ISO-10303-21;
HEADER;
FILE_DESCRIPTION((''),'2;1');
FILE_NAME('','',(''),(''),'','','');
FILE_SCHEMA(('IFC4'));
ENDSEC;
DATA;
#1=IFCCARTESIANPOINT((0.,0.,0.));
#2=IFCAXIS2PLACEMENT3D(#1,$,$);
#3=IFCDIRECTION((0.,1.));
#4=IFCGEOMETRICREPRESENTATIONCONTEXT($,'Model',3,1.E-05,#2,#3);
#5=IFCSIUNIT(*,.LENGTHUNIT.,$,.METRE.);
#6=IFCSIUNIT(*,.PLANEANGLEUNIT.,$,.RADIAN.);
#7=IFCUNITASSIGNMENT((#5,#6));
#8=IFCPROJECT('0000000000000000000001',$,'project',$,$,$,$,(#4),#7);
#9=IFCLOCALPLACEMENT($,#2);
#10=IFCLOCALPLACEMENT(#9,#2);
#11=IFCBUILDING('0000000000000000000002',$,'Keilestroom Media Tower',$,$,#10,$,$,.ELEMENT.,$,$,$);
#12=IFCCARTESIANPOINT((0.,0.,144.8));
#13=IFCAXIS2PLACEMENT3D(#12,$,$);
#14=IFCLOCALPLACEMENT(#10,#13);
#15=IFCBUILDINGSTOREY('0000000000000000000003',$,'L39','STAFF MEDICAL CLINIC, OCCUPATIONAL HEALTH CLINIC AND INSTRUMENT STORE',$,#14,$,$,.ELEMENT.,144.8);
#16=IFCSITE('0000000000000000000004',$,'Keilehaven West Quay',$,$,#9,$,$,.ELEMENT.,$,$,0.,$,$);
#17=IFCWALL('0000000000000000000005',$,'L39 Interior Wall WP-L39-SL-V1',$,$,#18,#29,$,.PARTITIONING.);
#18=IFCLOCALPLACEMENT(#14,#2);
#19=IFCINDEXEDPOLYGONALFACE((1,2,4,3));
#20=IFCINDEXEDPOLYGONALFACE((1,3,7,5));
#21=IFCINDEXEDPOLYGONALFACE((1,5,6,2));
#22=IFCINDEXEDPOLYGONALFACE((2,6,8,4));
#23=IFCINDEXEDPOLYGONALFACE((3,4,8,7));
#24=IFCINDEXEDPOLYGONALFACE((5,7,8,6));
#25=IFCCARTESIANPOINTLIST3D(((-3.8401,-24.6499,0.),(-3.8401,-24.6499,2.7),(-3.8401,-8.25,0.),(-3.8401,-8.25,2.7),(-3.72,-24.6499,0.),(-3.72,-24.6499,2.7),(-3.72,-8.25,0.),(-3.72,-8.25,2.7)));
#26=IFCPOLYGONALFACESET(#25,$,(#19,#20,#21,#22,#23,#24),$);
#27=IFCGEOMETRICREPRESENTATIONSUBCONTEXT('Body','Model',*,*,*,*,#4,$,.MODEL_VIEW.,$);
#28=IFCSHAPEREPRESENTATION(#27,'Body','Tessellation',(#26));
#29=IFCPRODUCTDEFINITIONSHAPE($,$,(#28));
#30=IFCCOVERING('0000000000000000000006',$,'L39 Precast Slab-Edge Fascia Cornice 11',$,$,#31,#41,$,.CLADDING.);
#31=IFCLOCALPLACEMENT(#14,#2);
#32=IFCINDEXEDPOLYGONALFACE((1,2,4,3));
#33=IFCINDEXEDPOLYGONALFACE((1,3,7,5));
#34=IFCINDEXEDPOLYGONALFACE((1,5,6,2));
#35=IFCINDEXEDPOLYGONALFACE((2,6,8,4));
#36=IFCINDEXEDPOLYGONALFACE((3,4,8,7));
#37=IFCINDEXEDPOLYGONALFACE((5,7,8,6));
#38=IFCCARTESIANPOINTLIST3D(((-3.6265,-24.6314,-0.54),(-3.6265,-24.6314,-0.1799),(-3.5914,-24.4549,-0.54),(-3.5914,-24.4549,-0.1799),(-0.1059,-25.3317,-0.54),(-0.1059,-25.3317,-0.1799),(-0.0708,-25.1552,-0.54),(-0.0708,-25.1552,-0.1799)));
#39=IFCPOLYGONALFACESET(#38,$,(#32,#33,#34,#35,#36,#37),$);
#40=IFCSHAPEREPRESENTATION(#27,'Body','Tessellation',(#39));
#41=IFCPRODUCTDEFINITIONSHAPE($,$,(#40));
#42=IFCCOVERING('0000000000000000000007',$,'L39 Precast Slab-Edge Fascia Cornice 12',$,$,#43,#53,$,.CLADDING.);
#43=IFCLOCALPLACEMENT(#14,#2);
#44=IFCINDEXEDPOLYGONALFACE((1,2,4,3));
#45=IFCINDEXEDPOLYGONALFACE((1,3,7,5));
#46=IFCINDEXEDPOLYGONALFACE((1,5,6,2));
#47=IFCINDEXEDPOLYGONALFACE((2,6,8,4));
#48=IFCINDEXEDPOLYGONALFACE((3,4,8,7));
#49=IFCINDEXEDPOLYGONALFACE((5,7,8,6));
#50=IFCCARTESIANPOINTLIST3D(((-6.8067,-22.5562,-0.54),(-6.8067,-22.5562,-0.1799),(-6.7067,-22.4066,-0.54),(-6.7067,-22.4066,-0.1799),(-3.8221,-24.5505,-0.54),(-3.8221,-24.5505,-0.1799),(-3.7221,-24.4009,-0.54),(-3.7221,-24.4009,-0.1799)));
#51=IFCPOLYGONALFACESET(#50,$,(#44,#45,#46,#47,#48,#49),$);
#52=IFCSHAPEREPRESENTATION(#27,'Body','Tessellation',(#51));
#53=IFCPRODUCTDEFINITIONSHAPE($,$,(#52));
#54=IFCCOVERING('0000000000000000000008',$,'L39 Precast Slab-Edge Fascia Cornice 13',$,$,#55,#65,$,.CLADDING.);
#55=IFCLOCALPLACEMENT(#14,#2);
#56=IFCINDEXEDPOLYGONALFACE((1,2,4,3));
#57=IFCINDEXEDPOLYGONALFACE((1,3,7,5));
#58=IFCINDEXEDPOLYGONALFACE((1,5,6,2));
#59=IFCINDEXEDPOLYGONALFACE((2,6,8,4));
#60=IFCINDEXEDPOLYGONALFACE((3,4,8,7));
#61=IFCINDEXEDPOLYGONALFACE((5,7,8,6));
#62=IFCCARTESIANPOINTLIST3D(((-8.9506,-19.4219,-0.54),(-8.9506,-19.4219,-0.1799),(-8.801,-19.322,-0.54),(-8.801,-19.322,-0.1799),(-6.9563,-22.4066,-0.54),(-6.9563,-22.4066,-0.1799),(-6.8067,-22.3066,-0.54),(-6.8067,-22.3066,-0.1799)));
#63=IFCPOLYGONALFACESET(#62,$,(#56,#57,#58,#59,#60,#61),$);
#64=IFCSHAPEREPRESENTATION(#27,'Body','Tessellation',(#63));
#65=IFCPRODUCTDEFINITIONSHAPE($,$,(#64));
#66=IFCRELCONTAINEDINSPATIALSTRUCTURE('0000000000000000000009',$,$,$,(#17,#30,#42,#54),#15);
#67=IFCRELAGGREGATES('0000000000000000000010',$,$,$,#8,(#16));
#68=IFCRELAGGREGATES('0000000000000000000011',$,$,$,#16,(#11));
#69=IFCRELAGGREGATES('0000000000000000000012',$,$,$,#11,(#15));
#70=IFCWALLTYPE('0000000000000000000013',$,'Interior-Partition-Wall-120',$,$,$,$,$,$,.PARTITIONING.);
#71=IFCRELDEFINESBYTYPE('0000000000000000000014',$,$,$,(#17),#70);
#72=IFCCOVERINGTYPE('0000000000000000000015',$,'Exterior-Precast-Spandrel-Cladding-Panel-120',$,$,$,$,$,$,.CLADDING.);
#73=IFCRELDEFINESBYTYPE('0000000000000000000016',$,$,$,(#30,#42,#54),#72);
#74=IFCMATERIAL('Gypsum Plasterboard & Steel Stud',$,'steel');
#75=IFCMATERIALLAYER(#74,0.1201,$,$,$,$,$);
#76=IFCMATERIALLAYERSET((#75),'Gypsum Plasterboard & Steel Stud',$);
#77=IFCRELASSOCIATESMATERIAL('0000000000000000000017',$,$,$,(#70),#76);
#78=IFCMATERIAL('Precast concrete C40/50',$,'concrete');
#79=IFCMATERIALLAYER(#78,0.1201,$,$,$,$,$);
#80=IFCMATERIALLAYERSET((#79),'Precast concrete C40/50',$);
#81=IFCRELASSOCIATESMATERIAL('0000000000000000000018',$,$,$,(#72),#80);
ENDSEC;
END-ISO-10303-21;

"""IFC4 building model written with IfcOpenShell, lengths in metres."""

from ifc_helpers import new_model, si_unit, direction, frame, frame_2d, origin, origin_2d, place, context, subcontext, project, spatial, rectangle, extrude, source, transform, mapped, material, layer, layer_set, type_object, element, save


model = new_model("IFC4")

# Units and contexts
model_context = context("Model", 3, precision=1e-05, world=origin(), true_north=direction((0.0, 1.0)))
body_context = subcontext(model_context, "Body", "Model", "MODEL_VIEW")
ifc_project = project(units=[si_unit("LENGTHUNIT", "METRE"), si_unit("PLANEANGLEUNIT", "RADIAN")], contexts=[model_context])

# Site, building, storey
site_placement = place(None, origin())
site = spatial("IfcSite", under=ifc_project, at=site_placement, Name="Keilehaven West Quay", CompositionType="ELEMENT", RefElevation=0.0)
building_placement = place(site_placement, origin())
building = spatial("IfcBuilding", under=site, at=building_placement, Name="Keilestroom Media Tower", CompositionType="ELEMENT")
storey_placement = place(building_placement, frame((0.0, 0.0, 144.8)))
storey = spatial("IfcBuildingStorey", under=building, at=storey_placement, Name="L39", Description="STAFF MEDICAL CLINIC, OCCUPATIONAL HEALTH CLINIC AND INSTRUMENT STORE", CompositionType="ELEMENT", Elevation=144.8)

# Wall
ifc_material_1 = material(Name="Precast concrete C40/50", Category="concrete")
ifc_material_2 = material(Name="Gypsum Plasterboard & Steel Stud", Category="steel")
ifc_layer_1 = layer(ifc_material_2, 0.1201)
ifc_layer_set_1 = layer_set([ifc_layer_1], Name="Gypsum Plasterboard & Steel Stud")
wall_type_1 = type_object("IfcWallType", Name="Interior-Partition-Wall-120", PredefinedType="PARTITIONING", material=ifc_layer_set_1)
wall_1_placement = place(storey_placement, frame((-3.78, -24.6499, 0.0), z_axis=(0.0, 0.0, 1.0), x_axis=(0.0, 1.0, 0.0)))
element("IfcWall", 1, at=wall_1_placement, inside=storey, type_object=wall_type_1, Name="L39 Interior Wall WP-L39-SL-V1", PredefinedType="PARTITIONING", context=body_context, shape_type="SweptSolid", body=[
    extrude(rectangle(XDim=16.3999, YDim=0.1201, at=frame_2d((8.2, 0.0))), origin(), (0.0, 0.0, 1.0), 2.7),
])

# Coverings
ifc_layer_2 = layer(ifc_material_1, 0.1201)
ifc_layer_set_2 = layer_set([ifc_layer_2], Name="Precast concrete C40/50")
covering_type = type_object("IfcCoveringType", Name="Exterior-Precast-Spandrel-Cladding-Panel-120", PredefinedType="CLADDING", material=ifc_layer_set_2)
shared_shape_1 = source(origin(), body_context, "Body", "SweptSolid", [
    extrude(rectangle(XDim=3.5896, YDim=0.1799, at=origin_2d()), origin(), (0.0, 0.0, 1.0), 0.3601),
])
for number, where, z_axis, x_axis, name in (
    (2, (-1.8486, -24.8933, -0.54), (0.0, 0.0, 1.0), (-0.980784, 0.195099, 0.0), "L39 Precast Slab-Edge Fascia Cornice 11"),
    (3, (-5.2644, -23.4785, -0.54), (0.0, 0.0, 1.0), (-0.831467, 0.555575, 0.0), "L39 Precast Slab-Edge Fascia Cornice 12"),
    (4, (-7.8787, -20.8643, -0.54), (0.0, 0.0, 1.0), (-0.555575, 0.831467, 0.0), "L39 Precast Slab-Edge Fascia Cornice 13"),
):
    element("IfcCovering", number, at=place(storey_placement, frame(where, z_axis=z_axis, x_axis=x_axis)), inside=storey, type_object=covering_type, Name=name, PredefinedType="CLADDING", context=body_context, shape_type="MappedRepresentation", body=[
        mapped(shared_shape_1, transform((0.0, 0.0, 0.0), x_axis=(1.0, 0.0, 0.0), y_axis=(0.0, 1.0, 0.0), z_axis=(0.0, 0.0, 1.0), scale=1.0)),
    ])

save(model, "model.ifc")
